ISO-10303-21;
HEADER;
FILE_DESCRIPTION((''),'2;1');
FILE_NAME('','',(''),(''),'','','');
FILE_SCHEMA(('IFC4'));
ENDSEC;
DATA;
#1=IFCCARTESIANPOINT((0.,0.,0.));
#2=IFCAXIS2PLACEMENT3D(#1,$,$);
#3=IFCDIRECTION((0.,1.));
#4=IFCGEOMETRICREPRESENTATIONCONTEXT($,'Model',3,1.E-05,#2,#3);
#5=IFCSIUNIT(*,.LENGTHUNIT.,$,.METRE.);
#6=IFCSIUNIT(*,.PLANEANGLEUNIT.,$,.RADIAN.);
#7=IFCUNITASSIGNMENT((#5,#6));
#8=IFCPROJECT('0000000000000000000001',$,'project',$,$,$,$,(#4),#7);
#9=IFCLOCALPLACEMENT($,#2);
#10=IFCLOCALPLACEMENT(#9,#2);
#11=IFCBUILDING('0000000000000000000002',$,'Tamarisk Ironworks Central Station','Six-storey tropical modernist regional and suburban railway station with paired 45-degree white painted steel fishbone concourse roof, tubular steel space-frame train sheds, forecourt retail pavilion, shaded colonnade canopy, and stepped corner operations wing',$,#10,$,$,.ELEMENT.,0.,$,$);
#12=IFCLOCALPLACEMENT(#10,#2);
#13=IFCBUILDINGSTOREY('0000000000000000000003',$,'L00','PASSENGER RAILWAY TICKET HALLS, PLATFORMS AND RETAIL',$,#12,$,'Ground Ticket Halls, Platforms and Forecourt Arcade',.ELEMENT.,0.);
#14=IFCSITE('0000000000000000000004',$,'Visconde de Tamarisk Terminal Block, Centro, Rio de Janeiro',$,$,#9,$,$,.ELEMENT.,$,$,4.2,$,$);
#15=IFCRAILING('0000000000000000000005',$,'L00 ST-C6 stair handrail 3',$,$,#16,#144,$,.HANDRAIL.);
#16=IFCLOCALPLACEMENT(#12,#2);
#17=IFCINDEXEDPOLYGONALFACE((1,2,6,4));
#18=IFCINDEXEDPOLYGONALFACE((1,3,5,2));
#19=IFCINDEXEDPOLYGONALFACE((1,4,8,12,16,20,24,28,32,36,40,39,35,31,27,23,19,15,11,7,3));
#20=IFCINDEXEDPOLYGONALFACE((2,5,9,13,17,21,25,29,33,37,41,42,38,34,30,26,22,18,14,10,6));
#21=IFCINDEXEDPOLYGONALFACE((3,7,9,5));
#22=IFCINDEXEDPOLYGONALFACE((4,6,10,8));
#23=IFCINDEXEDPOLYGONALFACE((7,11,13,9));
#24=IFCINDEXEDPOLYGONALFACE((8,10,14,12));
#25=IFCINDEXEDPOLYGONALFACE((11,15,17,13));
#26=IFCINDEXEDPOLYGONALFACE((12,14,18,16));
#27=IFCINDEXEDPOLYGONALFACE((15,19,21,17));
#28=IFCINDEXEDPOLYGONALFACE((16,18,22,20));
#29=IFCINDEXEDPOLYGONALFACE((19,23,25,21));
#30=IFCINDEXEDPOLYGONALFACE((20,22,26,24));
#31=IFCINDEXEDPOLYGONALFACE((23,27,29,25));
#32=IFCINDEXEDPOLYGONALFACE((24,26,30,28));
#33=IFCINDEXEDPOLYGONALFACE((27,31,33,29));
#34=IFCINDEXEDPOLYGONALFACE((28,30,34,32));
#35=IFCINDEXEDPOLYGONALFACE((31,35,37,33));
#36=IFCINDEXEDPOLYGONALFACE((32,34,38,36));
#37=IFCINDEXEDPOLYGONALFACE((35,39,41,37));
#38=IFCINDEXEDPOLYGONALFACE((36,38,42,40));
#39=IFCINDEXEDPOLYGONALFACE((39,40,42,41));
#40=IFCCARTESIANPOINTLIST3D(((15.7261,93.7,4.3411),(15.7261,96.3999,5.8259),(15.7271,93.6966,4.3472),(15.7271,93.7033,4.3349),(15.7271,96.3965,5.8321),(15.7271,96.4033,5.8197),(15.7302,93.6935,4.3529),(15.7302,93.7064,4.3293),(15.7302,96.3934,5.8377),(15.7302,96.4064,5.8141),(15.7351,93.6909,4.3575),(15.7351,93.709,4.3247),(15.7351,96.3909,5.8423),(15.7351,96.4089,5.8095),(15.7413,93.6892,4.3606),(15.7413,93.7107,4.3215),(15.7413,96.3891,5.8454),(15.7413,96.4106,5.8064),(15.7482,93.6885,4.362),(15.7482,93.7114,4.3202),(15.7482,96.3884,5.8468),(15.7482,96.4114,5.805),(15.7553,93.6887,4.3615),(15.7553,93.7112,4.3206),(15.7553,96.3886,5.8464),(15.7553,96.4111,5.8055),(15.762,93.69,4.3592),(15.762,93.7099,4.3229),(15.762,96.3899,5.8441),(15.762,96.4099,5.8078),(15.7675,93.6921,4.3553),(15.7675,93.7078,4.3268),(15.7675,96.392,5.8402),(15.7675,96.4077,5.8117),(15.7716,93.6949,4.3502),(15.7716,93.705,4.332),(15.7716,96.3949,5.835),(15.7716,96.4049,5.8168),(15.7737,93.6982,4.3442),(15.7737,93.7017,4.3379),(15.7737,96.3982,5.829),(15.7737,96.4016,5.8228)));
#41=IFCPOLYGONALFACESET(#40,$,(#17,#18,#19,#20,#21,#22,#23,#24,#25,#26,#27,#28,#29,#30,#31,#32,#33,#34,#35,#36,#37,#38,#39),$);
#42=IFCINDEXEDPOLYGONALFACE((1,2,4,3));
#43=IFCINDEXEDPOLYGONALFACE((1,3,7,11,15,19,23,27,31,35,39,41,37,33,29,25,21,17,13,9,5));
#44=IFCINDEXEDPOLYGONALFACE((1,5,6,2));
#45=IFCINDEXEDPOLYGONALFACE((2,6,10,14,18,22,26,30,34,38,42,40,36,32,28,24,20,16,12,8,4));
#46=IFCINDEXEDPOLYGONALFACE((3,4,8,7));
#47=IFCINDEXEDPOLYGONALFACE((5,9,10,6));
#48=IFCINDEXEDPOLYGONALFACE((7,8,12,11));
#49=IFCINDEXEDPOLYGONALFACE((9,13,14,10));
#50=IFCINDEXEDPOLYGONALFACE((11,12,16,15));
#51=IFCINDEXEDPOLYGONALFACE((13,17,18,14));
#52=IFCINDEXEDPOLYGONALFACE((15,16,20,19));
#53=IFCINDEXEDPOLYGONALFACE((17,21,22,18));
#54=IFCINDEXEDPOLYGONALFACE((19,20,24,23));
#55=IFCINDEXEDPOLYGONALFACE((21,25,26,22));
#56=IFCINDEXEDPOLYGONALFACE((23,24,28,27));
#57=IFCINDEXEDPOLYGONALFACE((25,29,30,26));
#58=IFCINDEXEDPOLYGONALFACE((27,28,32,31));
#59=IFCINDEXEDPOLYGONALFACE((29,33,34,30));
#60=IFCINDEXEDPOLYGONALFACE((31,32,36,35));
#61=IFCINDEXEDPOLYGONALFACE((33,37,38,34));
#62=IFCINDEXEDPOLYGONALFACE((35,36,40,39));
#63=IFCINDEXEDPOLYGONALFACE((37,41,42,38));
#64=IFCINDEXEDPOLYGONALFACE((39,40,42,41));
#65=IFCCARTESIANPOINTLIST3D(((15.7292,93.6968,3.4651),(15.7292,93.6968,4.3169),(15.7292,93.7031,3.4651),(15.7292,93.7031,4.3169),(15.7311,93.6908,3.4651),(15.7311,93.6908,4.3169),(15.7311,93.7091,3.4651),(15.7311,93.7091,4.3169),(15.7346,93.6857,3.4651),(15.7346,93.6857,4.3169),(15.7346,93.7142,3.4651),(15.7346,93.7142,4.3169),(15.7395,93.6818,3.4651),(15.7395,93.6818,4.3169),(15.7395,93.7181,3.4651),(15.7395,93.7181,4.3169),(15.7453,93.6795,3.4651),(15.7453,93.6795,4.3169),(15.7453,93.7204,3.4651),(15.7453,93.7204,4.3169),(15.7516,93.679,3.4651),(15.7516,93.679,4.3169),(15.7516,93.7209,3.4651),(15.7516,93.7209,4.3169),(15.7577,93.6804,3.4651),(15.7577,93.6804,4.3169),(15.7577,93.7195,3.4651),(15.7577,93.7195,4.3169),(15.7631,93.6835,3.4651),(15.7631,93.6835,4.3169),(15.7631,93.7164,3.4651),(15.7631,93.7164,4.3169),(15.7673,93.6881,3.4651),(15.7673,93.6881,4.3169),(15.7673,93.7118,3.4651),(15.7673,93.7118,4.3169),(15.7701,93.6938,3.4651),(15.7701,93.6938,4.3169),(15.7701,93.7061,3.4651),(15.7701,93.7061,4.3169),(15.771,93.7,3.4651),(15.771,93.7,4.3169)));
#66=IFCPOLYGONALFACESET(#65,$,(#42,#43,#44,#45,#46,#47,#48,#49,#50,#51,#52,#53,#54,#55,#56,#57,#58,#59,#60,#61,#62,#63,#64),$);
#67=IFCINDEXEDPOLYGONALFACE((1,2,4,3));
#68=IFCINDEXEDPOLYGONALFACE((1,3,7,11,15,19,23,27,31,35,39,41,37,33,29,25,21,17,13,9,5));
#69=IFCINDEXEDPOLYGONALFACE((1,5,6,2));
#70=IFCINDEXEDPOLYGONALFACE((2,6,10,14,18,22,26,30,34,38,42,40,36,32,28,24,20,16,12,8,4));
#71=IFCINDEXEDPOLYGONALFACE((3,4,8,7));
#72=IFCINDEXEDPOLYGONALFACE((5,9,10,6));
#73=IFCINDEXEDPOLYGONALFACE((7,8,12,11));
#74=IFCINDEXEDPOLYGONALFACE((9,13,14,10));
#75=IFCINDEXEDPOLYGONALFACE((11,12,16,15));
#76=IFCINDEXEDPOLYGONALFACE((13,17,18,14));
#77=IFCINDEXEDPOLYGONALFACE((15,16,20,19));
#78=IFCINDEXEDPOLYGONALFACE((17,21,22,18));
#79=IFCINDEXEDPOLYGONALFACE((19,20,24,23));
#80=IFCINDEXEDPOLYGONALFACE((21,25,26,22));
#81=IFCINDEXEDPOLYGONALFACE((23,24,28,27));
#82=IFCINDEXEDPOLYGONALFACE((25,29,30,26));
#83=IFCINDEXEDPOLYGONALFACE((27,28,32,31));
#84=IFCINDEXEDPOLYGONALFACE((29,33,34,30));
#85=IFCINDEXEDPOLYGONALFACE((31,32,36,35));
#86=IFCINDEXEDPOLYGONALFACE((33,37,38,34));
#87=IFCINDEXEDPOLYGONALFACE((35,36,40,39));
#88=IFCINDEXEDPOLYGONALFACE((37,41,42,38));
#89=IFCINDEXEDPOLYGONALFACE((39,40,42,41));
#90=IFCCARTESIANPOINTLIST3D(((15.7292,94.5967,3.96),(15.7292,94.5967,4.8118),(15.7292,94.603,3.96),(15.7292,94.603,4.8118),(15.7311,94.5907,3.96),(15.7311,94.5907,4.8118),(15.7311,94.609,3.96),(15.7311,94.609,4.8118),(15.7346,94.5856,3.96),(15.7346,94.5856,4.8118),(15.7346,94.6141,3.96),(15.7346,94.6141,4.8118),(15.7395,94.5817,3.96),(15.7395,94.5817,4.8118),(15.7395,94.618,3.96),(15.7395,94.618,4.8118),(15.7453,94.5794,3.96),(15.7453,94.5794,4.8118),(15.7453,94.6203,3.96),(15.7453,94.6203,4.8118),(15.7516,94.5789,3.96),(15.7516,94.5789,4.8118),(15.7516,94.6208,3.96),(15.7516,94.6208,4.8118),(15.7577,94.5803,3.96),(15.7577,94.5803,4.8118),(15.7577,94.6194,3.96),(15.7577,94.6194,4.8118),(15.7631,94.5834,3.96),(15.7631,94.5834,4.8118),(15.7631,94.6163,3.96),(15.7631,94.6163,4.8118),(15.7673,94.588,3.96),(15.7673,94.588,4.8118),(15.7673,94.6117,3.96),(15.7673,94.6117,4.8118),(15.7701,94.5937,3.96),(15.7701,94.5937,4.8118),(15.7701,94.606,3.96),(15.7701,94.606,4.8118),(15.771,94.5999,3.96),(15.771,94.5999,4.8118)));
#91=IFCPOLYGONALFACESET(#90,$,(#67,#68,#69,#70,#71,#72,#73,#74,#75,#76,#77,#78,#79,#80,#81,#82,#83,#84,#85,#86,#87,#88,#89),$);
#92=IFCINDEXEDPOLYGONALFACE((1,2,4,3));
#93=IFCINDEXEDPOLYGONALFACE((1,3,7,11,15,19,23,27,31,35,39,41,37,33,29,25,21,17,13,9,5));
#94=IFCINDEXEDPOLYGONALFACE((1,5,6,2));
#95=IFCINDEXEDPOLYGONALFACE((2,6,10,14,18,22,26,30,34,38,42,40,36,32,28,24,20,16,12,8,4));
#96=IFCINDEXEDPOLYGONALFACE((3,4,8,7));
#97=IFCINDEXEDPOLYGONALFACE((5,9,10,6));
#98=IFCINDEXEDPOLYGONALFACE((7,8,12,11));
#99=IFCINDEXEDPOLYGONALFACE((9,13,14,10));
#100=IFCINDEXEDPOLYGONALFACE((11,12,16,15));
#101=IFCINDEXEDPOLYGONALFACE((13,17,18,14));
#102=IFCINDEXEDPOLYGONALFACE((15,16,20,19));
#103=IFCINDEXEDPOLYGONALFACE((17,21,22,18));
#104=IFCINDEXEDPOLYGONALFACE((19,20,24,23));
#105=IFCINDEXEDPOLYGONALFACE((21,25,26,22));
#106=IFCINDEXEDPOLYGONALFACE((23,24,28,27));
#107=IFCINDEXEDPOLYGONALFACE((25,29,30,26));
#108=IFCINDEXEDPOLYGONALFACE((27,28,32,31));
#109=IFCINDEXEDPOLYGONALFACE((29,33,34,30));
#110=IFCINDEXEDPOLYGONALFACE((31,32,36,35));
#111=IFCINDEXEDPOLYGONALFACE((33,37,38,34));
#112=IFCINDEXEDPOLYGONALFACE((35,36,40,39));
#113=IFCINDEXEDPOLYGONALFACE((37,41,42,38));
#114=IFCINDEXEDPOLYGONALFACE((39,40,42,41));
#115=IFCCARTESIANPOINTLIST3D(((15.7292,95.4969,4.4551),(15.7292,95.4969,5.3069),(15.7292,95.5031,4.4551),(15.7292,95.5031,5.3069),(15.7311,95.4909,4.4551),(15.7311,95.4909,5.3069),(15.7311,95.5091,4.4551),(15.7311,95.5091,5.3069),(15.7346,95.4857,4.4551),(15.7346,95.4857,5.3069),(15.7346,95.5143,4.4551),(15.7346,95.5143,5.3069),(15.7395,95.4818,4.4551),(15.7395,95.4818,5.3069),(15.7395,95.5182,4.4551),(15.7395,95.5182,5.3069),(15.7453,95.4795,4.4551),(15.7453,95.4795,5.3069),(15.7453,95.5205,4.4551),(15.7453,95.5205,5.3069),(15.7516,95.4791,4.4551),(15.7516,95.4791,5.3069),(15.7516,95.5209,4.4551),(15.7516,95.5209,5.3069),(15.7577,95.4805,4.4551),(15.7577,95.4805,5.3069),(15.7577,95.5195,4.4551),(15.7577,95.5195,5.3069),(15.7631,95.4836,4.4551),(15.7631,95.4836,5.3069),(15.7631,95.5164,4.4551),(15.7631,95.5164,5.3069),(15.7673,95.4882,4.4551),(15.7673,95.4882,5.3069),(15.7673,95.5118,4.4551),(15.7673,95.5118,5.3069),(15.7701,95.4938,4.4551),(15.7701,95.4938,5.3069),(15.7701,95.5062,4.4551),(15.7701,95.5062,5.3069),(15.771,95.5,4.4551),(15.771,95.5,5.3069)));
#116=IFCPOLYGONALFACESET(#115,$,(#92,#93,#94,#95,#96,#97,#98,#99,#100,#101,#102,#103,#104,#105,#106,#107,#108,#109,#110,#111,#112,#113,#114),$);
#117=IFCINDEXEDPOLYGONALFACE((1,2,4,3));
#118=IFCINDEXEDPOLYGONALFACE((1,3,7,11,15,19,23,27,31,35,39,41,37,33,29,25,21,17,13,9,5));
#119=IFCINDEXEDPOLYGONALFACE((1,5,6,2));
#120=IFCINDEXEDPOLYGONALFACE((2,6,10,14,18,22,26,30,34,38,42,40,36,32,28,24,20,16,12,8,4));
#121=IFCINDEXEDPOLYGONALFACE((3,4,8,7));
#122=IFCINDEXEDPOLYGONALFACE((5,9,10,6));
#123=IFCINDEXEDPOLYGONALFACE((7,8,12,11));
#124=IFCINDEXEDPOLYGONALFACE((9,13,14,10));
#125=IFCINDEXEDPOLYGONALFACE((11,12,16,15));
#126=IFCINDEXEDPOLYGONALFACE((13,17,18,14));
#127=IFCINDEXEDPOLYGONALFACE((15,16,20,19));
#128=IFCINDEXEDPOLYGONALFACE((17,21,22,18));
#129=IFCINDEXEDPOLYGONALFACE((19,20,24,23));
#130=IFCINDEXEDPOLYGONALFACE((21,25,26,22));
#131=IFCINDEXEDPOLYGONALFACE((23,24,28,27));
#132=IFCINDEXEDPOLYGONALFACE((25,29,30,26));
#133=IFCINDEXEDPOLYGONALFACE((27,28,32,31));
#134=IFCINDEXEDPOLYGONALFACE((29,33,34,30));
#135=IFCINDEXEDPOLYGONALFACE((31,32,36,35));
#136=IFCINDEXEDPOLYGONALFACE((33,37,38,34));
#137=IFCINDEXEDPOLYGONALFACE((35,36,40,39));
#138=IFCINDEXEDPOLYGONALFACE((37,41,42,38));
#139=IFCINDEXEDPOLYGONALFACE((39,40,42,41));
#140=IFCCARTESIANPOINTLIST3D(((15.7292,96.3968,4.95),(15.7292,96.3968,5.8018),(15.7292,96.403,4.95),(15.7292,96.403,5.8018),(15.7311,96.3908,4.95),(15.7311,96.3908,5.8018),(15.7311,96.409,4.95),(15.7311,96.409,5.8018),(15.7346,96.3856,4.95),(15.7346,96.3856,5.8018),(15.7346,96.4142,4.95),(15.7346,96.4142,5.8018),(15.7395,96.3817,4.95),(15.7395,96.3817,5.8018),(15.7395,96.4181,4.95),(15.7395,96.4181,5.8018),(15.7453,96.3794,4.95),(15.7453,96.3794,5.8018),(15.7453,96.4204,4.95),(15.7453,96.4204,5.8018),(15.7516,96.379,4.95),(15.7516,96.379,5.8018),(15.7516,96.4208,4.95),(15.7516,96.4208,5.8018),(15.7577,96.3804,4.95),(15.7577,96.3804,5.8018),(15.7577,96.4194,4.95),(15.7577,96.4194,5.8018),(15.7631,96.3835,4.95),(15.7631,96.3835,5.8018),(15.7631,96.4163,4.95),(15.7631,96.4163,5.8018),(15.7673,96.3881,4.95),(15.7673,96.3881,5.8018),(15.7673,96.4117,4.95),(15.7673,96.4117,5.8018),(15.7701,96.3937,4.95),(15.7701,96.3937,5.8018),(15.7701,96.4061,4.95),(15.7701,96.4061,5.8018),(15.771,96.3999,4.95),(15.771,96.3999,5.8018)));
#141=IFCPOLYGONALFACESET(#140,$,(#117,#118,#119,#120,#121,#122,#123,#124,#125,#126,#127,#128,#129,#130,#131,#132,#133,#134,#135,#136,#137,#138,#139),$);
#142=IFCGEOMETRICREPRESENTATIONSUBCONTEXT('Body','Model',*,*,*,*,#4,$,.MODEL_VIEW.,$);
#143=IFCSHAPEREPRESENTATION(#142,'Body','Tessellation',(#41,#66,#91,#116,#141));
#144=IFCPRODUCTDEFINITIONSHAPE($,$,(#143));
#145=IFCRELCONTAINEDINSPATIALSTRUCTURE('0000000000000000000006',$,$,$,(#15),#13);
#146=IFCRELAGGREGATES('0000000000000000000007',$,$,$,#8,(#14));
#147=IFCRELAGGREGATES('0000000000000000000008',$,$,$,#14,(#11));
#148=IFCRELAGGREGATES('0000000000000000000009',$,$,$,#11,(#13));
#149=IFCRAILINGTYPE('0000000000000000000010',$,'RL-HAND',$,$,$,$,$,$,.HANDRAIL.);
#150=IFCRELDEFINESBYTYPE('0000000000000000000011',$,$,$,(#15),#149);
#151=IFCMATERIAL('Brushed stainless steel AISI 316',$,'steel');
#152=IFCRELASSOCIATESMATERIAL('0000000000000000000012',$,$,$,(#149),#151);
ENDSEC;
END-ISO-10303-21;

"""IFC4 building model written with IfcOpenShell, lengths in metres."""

from ifc_helpers import new_model, si_unit, direction, frame, origin, origin_2d, place, context, subcontext, project, spatial, circle, extrude, material, type_object, element, save


model = new_model("IFC4")

# Units and contexts
model_context = context("Model", 3, precision=1e-05, world=origin(), true_north=direction((0.0, 1.0)))
body_context = subcontext(model_context, "Body", "Model", "MODEL_VIEW")
ifc_project = project(units=[si_unit("LENGTHUNIT", "METRE"), si_unit("PLANEANGLEUNIT", "RADIAN")], contexts=[model_context])

# Site, building, storey
site_placement = place(None, origin())
site = spatial("IfcSite", under=ifc_project, at=site_placement, Name="Visconde de Tamarisk Terminal Block, Centro, Rio de Janeiro", CompositionType="ELEMENT", RefElevation=4.2)
building_placement = place(site_placement, origin())
building = spatial("IfcBuilding", under=site, at=building_placement, Name="Tamarisk Ironworks Central Station", Description="Six-storey tropical modernist regional and suburban railway station with paired 45-degree white painted steel fishbone concourse roof, tubular steel space-frame train sheds, forecourt retail pavilion, shaded colonnade canopy, and stepped corner operations wing", CompositionType="ELEMENT", ElevationOfRefHeight=0.0)
storey_placement = place(building_placement, origin())
storey = spatial("IfcBuildingStorey", under=building, at=storey_placement, Name="L00", Description="PASSENGER RAILWAY TICKET HALLS, PLATFORMS AND RETAIL", LongName="Ground Ticket Halls, Platforms and Forecourt Arcade", CompositionType="ELEMENT", Elevation=0.0)

# Railing
ifc_material_1 = material(Name="Brushed stainless steel AISI 316", Category="steel")
railing_type_1 = type_object("IfcRailingType", Name="RL-HAND", PredefinedType="HANDRAIL", material=ifc_material_1)
for number, where, name in (
    (1, (15.75, 93.7, 3.4651), "L00 ST-C6 stair handrail 3"),
):
    element("IfcRailing", number, at=place(storey_placement, frame(where)), inside=storey, type_object=railing_type_1, Name=name, PredefinedType="HANDRAIL", context=body_context, shape_type="SweptSolid", body=[
        extrude(circle(Radius=0.0239, at=origin_2d()), frame((0.0, 0.0, 0.876), z_axis=(0.0, 0.876231, 0.481891), x_axis=(-1.0, 0.0, 0.0)), (0.0, 0.0, 1.0), 3.0813),
        extrude(circle(Radius=0.021, at=origin_2d()), origin(), (0.0, 0.0, 1.0), 0.8518),
        extrude(circle(Radius=0.021, at=origin_2d()), frame((0.0, 0.8999, 0.4949)), (0.0, 0.0, 1.0), 0.8518),
        extrude(circle(Radius=0.021, at=origin_2d()), frame((0.0, 1.8, 0.99)), (0.0, 0.0, 1.0), 0.8518),
        extrude(circle(Radius=0.021, at=origin_2d()), frame((0.0, 2.7, 1.4849)), (0.0, 0.0, 1.0), 0.8518),
    ])

save(model, "model.ifc")
